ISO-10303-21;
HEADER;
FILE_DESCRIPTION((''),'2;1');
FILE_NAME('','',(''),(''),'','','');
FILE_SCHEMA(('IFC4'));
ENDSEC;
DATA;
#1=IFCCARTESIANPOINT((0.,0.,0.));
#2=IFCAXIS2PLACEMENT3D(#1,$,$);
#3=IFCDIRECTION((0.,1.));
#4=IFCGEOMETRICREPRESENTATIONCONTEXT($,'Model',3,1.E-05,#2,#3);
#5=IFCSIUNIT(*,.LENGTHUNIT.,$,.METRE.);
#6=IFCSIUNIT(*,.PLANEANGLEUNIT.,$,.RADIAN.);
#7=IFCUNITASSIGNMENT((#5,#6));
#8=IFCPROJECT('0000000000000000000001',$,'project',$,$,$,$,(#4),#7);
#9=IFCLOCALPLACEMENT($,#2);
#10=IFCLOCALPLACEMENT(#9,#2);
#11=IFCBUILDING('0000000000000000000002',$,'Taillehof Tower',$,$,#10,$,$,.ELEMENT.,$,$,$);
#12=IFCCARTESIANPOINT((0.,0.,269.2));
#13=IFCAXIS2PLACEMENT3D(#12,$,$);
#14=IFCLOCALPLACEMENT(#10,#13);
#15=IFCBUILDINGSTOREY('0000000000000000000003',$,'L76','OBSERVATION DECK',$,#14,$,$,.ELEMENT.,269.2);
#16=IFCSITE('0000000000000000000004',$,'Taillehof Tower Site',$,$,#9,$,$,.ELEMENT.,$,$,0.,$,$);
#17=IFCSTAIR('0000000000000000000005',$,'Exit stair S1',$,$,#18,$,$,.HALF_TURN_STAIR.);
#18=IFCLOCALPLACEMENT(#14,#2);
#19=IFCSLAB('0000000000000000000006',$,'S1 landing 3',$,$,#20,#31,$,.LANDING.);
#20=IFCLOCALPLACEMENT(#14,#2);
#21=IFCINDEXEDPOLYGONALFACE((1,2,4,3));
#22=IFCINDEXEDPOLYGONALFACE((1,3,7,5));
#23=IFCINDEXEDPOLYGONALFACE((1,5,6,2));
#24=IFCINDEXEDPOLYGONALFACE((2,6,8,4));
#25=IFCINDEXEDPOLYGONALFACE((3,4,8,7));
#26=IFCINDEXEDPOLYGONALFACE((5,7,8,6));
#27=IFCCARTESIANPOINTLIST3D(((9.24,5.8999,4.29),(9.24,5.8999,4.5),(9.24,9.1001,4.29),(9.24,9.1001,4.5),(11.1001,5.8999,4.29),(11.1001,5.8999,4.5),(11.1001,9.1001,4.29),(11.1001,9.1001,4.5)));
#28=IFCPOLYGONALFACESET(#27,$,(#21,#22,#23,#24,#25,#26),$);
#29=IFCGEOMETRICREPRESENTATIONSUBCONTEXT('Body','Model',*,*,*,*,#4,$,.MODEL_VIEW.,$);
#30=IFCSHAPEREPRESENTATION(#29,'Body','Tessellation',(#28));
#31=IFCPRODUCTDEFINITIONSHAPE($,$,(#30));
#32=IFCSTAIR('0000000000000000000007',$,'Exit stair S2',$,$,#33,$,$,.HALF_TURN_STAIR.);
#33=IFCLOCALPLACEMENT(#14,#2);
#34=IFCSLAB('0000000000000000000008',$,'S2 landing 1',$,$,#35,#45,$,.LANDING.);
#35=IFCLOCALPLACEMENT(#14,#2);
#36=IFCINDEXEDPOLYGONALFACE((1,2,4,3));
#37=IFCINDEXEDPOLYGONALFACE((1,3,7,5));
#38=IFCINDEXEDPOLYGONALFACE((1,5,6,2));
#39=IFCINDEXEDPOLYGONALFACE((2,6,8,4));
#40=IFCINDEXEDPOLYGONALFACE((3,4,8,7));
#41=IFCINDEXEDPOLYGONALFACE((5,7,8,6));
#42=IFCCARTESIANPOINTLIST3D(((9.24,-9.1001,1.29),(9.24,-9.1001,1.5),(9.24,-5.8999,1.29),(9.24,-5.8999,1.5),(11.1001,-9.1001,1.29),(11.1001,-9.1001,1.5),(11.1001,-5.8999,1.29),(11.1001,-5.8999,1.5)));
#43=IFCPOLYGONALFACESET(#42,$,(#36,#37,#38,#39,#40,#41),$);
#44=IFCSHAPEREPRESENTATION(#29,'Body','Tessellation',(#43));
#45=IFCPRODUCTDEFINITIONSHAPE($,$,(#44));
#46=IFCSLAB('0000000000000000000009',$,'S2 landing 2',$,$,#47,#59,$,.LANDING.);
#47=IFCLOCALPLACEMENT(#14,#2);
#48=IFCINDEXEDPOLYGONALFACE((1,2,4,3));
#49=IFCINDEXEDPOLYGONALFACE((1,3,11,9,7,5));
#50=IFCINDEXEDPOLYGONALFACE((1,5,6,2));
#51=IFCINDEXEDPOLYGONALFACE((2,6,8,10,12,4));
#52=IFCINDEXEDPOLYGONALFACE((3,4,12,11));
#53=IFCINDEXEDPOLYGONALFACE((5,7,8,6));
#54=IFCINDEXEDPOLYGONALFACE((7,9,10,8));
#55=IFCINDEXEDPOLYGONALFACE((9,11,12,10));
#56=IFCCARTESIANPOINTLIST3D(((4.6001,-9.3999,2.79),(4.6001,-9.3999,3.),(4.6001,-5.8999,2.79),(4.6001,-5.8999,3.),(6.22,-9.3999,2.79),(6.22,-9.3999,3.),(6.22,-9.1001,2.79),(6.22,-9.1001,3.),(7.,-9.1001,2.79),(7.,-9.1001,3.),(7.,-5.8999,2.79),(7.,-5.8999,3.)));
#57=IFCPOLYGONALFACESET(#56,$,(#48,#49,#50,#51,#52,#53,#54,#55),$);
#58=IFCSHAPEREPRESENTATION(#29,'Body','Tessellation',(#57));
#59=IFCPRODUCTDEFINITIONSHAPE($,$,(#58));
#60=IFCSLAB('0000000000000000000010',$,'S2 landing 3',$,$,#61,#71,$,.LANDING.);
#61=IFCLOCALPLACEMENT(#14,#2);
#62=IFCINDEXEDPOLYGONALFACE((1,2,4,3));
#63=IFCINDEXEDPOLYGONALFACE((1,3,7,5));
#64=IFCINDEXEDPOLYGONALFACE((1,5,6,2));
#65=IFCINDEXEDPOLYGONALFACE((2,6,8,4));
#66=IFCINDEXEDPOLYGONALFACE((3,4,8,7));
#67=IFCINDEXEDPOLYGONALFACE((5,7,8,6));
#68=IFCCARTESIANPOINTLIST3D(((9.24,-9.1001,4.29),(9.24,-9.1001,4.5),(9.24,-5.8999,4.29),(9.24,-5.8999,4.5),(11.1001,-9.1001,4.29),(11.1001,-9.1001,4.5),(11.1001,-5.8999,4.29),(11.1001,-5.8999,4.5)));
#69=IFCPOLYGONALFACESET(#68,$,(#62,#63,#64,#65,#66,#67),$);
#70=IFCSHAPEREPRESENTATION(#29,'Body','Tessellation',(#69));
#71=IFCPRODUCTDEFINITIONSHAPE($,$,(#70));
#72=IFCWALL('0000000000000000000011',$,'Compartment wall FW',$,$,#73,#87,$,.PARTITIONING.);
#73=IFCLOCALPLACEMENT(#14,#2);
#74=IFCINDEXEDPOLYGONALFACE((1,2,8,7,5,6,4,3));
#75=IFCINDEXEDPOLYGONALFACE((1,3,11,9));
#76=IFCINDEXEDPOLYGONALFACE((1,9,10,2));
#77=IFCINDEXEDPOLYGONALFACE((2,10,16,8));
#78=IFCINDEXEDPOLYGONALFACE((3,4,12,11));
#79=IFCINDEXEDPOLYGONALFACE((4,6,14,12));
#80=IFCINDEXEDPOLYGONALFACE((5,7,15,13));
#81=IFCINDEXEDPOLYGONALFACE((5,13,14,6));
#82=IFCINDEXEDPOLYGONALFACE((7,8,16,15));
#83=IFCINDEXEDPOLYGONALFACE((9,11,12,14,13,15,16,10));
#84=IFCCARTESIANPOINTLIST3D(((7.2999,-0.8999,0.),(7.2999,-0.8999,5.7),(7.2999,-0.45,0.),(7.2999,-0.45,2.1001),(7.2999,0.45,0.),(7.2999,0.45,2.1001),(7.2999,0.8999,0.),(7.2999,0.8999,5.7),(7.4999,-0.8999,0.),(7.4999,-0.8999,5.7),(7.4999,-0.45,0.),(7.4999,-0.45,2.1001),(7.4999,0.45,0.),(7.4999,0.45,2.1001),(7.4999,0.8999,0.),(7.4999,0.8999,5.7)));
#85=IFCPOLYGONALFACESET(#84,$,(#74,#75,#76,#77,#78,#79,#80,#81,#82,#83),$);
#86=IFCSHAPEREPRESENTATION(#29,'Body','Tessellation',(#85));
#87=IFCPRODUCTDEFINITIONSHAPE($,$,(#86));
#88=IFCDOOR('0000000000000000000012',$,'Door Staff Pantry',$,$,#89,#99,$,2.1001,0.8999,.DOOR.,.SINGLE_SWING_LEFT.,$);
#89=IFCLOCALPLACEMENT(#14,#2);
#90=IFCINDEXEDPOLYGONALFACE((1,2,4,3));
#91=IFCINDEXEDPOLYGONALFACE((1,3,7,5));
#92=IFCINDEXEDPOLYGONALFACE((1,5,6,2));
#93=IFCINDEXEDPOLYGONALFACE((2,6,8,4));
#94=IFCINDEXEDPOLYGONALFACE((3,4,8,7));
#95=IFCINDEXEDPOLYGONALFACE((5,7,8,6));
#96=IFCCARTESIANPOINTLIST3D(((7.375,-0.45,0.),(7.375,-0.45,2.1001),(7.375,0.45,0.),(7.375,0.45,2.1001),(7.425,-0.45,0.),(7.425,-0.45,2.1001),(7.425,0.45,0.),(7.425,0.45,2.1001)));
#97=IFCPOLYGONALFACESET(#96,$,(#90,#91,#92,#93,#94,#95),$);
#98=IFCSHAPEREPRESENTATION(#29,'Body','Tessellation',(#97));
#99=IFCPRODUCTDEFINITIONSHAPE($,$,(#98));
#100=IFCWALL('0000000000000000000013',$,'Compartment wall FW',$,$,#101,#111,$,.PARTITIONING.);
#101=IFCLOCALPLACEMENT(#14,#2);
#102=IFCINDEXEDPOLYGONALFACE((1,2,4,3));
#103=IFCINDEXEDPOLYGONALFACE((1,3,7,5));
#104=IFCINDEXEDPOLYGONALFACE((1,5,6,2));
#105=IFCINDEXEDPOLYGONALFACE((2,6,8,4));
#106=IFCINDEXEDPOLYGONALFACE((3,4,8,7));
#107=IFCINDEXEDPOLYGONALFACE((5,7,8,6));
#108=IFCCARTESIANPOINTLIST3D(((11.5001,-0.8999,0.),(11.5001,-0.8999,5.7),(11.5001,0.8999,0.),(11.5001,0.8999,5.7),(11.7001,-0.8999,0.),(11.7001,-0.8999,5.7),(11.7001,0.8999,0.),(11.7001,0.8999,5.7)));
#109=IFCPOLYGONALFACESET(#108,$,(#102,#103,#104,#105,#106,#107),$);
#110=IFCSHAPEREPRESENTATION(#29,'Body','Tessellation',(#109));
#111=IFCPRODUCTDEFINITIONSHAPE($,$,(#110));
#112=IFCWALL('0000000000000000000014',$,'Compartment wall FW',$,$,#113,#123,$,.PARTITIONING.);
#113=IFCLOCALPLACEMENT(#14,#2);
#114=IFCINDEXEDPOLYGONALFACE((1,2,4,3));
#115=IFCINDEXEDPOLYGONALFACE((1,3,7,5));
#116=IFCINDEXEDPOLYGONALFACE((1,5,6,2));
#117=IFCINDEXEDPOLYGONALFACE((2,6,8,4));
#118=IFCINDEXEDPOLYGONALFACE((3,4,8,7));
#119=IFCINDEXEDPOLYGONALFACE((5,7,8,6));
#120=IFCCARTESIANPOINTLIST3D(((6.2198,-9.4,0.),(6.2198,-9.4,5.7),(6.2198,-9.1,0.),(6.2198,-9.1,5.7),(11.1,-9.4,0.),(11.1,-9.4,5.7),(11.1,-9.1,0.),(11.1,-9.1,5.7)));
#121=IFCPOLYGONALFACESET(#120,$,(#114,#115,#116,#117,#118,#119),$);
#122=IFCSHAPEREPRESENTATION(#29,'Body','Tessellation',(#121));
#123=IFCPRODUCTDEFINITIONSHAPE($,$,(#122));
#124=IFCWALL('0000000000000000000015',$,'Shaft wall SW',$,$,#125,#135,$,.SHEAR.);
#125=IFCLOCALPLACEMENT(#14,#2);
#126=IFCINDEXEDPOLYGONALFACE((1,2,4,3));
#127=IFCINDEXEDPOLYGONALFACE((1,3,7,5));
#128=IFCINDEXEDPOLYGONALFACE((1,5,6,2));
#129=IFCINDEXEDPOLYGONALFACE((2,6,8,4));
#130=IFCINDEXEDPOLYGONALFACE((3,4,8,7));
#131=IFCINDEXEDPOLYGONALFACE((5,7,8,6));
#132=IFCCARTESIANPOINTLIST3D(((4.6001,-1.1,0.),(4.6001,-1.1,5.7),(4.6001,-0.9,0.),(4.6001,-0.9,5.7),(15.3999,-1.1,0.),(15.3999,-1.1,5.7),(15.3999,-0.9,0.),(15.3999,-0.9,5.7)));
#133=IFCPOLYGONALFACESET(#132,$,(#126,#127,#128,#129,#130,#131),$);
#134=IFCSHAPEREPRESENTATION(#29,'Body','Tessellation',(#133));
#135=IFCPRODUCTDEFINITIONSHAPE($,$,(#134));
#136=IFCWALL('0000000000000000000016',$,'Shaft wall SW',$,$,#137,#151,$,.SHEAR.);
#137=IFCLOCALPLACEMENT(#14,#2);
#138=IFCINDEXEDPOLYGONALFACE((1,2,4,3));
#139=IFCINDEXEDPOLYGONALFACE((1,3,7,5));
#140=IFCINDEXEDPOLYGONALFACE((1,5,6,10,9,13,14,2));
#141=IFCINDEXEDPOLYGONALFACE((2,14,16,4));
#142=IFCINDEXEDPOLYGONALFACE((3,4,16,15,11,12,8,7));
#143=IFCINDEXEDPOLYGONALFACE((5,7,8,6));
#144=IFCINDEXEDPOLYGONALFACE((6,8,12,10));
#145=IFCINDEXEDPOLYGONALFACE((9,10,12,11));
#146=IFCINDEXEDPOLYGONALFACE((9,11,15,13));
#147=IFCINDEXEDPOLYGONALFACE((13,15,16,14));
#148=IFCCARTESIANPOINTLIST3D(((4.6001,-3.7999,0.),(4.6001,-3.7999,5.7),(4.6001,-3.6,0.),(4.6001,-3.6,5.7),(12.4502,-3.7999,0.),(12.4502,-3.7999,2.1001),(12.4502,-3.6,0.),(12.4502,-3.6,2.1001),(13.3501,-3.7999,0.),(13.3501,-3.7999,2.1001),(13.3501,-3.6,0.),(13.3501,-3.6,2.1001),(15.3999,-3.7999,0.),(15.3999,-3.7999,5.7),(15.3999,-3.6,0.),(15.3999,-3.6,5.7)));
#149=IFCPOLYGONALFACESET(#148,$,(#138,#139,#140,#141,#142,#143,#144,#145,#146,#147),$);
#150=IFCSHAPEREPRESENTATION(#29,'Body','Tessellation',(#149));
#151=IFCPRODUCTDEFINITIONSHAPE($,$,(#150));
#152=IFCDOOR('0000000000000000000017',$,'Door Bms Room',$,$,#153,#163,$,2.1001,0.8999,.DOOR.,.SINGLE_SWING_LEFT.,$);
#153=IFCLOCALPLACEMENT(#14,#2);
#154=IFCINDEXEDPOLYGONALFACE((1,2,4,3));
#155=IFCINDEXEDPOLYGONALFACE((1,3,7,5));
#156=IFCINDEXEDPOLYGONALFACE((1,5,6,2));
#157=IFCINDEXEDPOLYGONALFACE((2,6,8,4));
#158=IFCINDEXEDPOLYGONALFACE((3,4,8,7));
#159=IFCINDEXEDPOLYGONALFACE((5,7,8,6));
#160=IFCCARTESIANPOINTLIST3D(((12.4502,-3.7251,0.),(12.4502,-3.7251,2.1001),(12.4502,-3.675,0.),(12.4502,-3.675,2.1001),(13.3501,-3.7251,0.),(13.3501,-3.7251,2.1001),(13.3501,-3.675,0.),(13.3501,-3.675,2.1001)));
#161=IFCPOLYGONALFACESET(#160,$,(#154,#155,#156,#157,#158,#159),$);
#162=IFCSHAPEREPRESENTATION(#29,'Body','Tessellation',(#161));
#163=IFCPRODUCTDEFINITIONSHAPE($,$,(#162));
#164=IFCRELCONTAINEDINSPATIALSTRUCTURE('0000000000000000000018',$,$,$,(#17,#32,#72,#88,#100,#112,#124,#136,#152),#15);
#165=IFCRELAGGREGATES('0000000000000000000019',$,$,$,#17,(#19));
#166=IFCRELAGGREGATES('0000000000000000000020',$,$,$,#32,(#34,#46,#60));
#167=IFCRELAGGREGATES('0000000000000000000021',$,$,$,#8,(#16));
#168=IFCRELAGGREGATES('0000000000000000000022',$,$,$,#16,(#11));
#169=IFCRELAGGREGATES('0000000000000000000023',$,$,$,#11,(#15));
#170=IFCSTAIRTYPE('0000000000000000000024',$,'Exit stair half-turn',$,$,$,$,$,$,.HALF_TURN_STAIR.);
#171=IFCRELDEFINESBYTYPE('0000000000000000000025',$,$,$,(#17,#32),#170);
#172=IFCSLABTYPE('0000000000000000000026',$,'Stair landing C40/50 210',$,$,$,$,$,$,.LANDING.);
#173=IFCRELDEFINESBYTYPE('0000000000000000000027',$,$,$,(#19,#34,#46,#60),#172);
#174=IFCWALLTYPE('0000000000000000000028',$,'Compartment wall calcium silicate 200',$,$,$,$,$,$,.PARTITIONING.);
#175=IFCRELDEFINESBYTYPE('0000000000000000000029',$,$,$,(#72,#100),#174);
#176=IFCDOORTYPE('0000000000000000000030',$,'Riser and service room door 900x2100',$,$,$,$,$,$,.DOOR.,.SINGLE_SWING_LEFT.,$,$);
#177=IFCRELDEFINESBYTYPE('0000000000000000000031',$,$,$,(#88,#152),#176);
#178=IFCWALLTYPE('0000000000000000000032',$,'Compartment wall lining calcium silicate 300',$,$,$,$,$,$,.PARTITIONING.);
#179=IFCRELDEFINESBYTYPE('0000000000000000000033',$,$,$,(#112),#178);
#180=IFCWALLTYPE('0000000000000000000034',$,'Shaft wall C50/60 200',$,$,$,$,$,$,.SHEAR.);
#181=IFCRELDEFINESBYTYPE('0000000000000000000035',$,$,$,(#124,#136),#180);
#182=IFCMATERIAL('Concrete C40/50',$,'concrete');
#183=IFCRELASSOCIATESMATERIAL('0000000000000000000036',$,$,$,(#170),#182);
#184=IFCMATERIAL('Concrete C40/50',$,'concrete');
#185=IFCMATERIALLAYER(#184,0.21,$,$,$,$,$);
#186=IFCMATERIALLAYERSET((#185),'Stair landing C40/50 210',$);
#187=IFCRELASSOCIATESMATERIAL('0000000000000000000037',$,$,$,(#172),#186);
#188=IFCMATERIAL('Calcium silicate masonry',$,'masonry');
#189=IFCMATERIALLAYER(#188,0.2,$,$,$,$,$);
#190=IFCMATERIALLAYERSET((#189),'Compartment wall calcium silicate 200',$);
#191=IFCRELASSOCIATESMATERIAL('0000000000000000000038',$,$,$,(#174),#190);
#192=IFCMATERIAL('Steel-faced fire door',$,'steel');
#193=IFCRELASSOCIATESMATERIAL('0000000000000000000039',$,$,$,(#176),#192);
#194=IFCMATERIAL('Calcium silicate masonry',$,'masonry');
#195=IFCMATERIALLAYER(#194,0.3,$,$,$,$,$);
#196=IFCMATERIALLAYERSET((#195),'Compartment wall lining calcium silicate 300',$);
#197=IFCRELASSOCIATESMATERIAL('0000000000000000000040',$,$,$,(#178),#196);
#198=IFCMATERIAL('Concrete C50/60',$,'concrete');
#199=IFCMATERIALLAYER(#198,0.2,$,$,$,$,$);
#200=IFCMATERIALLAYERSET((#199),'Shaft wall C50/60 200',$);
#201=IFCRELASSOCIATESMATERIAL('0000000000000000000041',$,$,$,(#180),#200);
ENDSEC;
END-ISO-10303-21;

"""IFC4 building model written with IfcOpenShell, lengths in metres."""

from ifc_helpers import new_model, si_unit, direction, frame, frame_2d, origin, place, context, subcontext, project, spatial, polyline, rectangle, outline, extrude, material, layer, layer_set, type_object, element, fill, aggregate, save


model = new_model("IFC4")

# Units and contexts
model_context = context("Model", 3, precision=1e-05, world=origin(), true_north=direction((0.0, 1.0)))
body_context = subcontext(model_context, "Body", "Model", "MODEL_VIEW")
ifc_project = project(units=[si_unit("LENGTHUNIT", "METRE"), si_unit("PLANEANGLEUNIT", "RADIAN")], contexts=[model_context])

# Site, building, storey
site_placement = place(None, origin())
site = spatial("IfcSite", under=ifc_project, at=site_placement, Name="Taillehof Tower Site", CompositionType="ELEMENT", RefElevation=0.0)
building_placement = place(site_placement, origin())
building = spatial("IfcBuilding", under=site, at=building_placement, Name="Taillehof Tower", CompositionType="ELEMENT")
storey_placement = place(building_placement, frame((0.0, 0.0, 269.2)))
storey = spatial("IfcBuildingStorey", under=building, at=storey_placement, Name="L76", Description="OBSERVATION DECK", CompositionType="ELEMENT", Elevation=269.2)

# Stairs, slabs
ifc_material_1 = material(Name="Concrete C40/50", Category="concrete")
stair_type = type_object("IfcStairType", Name="Exit stair half-turn", PredefinedType="HALF_TURN_STAIR", material=ifc_material_1)
stair_1_placement = place(storey_placement, origin())
stair_1 = element("IfcStair", 1, at=stair_1_placement, inside=storey, type_object=stair_type, Name="Exit stair S1", PredefinedType="HALF_TURN_STAIR")
ifc_material_2 = material(Name="Concrete C40/50", Category="concrete")
ifc_layer_1 = layer(ifc_material_2, 0.21)
ifc_layer_set_1 = layer_set([ifc_layer_1], Name="Stair landing C40/50 210")
slab_type_1 = type_object("IfcSlabType", Name="Stair landing C40/50 210", PredefinedType="LANDING", material=ifc_layer_set_1)
slab_1_placement = place(storey_placement, frame((0.0, 0.0, 4.29)))
slab_1 = element("IfcSlab", 2, at=slab_1_placement, type_object=slab_type_1, Name="S1 landing 3", PredefinedType="LANDING", context=body_context, shape_type="SweptSolid", body=[
    extrude(outline(polyline([(9.24, 5.8999), (11.1001, 5.8999), (11.1001, 9.1001), (9.24, 9.1001), (9.24, 5.8999)])), origin(), (0.0, 0.0, 1.0), 0.21),
])
aggregate(stair_1, [slab_1])
stair_2_placement = place(storey_placement, origin())
stair_2 = element("IfcStair", 3, at=stair_2_placement, inside=storey, type_object=stair_type, Name="Exit stair S2", PredefinedType="HALF_TURN_STAIR")
slab_2_placement = place(storey_placement, frame((0.0, 0.0, 1.29)))
slab_2 = element("IfcSlab", 4, at=slab_2_placement, type_object=slab_type_1, Name="S2 landing 1", PredefinedType="LANDING", context=body_context, shape_type="SweptSolid", body=[
    extrude(outline(polyline([(9.24, -5.8999), (11.1001, -5.8999), (11.1001, -9.1001), (9.24, -9.1001), (9.24, -5.8999)])), origin(), (0.0, 0.0, 1.0), 0.21),
])
slab_3_placement = place(storey_placement, frame((0.0, 0.0, 2.79)))
slab_3 = element("IfcSlab", 5, at=slab_3_placement, type_object=slab_type_1, Name="S2 landing 2", PredefinedType="LANDING", context=body_context, shape_type="SweptSolid", body=[
    extrude(outline(polyline([(4.6001, -5.8999), (7.0, -5.8999), (7.0, -9.1001), (6.22, -9.1001), (6.22, -9.3999), (4.6001, -9.3999), (4.6001, -5.8999)])), origin(), (0.0, 0.0, 1.0), 0.21),
])
slab_4_placement = place(storey_placement, frame((0.0, 0.0, 4.29)))
slab_4 = element("IfcSlab", 6, at=slab_4_placement, type_object=slab_type_1, Name="S2 landing 3", PredefinedType="LANDING", context=body_context, shape_type="SweptSolid", body=[
    extrude(outline(polyline([(9.24, -5.8999), (11.1001, -5.8999), (11.1001, -9.1001), (9.24, -9.1001), (9.24, -5.8999)])), origin(), (0.0, 0.0, 1.0), 0.21),
])

# Wall, opening, door
ifc_material_3 = material(Name="Calcium silicate masonry", Category="masonry")
ifc_layer_2 = layer(ifc_material_3, 0.2)
ifc_layer_set_2 = layer_set([ifc_layer_2], Name="Compartment wall calcium silicate 200")
wall_type_1 = type_object("IfcWallType", Name="Compartment wall calcium silicate 200", PredefinedType="PARTITIONING", material=ifc_layer_set_2)
wall_1_placement = place(storey_placement, frame((7.3999, -0.8999, 0.0), z_axis=(0.0, 0.0, 1.0), x_axis=(0.0, 1.0, 0.0)))
wall_1 = element("IfcWall", 7, at=wall_1_placement, inside=storey, type_object=wall_type_1, Name="Compartment wall FW", PredefinedType="PARTITIONING", context=body_context, shape_type="SweptSolid", body=[
    extrude(rectangle(XDim=1.7998, YDim=0.2, at=frame_2d((0.8999, 0.0))), origin(), (0.0, 0.0, 1.0), 5.7),
])
opening_1_placement = place(wall_1_placement, frame((0.45, 0.0, 0.0)))
opening_1 = element("IfcOpeningElement", 8, at=opening_1_placement, cuts=wall_1, PredefinedType="OPENING", context=body_context, shape_type="SweptSolid", body=[
    extrude(rectangle(XDim=0.8999, YDim=2.1001, at=frame_2d((0.45, 1.05))), frame((0.0, 0.1099, 0.0), z_axis=(0.0, -1.0, 0.0), x_axis=(1.0, 0.0, 0.0)), (0.0, 0.0, 1.0), 0.22),
])
ifc_material_4 = material(Name="Steel-faced fire door", Category="steel")
door_type_1 = type_object("IfcDoorType", Name="Riser and service room door 900x2100", OperationType="SINGLE_SWING_LEFT", PredefinedType="DOOR", material=ifc_material_4)
door_1_placement = place(opening_1_placement, origin())
door_1 = element("IfcDoor", 9, at=door_1_placement, inside=storey, type_object=door_type_1, Name="Door Staff Pantry", OperationType="SINGLE_SWING_LEFT", OverallHeight=2.1001, OverallWidth=0.8999, PredefinedType="DOOR", context=body_context, shape_type="SweptSolid", body=[
    extrude(rectangle(XDim=0.8999, YDim=2.1001, at=frame_2d((0.45, 1.05))), frame((0.0, 0.0249, 0.0), z_axis=(0.0, -1.0, 0.0), x_axis=(1.0, 0.0, 0.0)), (0.0, 0.0, 1.0), 0.05),
])
fill(opening_1, door_1)

# Walls
wall_2_placement = place(storey_placement, frame((11.6001, -0.8999, 0.0), z_axis=(0.0, 0.0, 1.0), x_axis=(0.0, 1.0, 0.0)))
element("IfcWall", 10, at=wall_2_placement, inside=storey, type_object=wall_type_1, Name="Compartment wall FW", PredefinedType="PARTITIONING", context=body_context, shape_type="SweptSolid", body=[
    extrude(rectangle(XDim=1.7998, YDim=0.2, at=frame_2d((0.8999, 0.0))), origin(), (0.0, 0.0, 1.0), 5.7),
])
ifc_material_5 = material(Name="Calcium silicate masonry", Category="masonry")
ifc_layer_3 = layer(ifc_material_5, 0.3)
ifc_layer_set_3 = layer_set([ifc_layer_3], Name="Compartment wall lining calcium silicate 300")
wall_type_2 = type_object("IfcWallType", Name="Compartment wall lining calcium silicate 300", PredefinedType="PARTITIONING", material=ifc_layer_set_3)
wall_3_placement = place(storey_placement, frame((6.22, -9.25, 0.0), z_axis=(0.0, 0.0, 1.0), x_axis=(1.0, 0.0, 0.0)))
element("IfcWall", 11, at=wall_3_placement, inside=storey, type_object=wall_type_2, Name="Compartment wall FW", PredefinedType="PARTITIONING", context=body_context, shape_type="SweptSolid", body=[
    extrude(rectangle(XDim=4.8801, YDim=0.3, at=frame_2d((2.4399, 0.0))), origin(), (0.0, 0.0, 1.0), 5.7),
])
ifc_material_6 = material(Name="Concrete C50/60", Category="concrete")
ifc_layer_4 = layer(ifc_material_6, 0.2)
ifc_layer_set_4 = layer_set([ifc_layer_4], Name="Shaft wall C50/60 200")
wall_type_3 = type_object("IfcWallType", Name="Shaft wall C50/60 200", PredefinedType="SHEAR", material=ifc_layer_set_4)
wall_4_placement = place(storey_placement, frame((4.6001, -1.0, 0.0), z_axis=(0.0, 0.0, 1.0), x_axis=(1.0, 0.0, 0.0)))
element("IfcWall", 12, at=wall_4_placement, inside=storey, type_object=wall_type_3, Name="Shaft wall SW", PredefinedType="SHEAR", context=body_context, shape_type="SweptSolid", body=[
    extrude(rectangle(XDim=10.7998, YDim=0.2, at=frame_2d((5.3999, 0.0))), origin(), (0.0, 0.0, 1.0), 5.7),
])

# Wall, opening, door
wall_5_placement = place(storey_placement, frame((4.6001, -3.7, 0.0), z_axis=(0.0, 0.0, 1.0), x_axis=(1.0, 0.0, 0.0)))
wall_5 = element("IfcWall", 13, at=wall_5_placement, inside=storey, type_object=wall_type_3, Name="Shaft wall SW", PredefinedType="SHEAR", context=body_context, shape_type="SweptSolid", body=[
    extrude(rectangle(XDim=10.7998, YDim=0.2, at=frame_2d((5.3999, 0.0))), origin(), (0.0, 0.0, 1.0), 5.7),
])
opening_2_placement = place(wall_5_placement, frame((7.8501, 0.0, 0.0)))
opening_2 = element("IfcOpeningElement", 14, at=opening_2_placement, cuts=wall_5, PredefinedType="OPENING", context=body_context, shape_type="SweptSolid", body=[
    extrude(rectangle(XDim=0.8999, YDim=2.1001, at=frame_2d((0.45, 1.05))), frame((0.0, 0.1099, 0.0), z_axis=(0.0, -1.0, 0.0), x_axis=(1.0, 0.0, 0.0)), (0.0, 0.0, 1.0), 0.22),
])
door_2_placement = place(opening_2_placement, origin())
door_2 = element("IfcDoor", 15, at=door_2_placement, inside=storey, type_object=door_type_1, Name="Door Bms Room", OperationType="SINGLE_SWING_LEFT", OverallHeight=2.1001, OverallWidth=0.8999, PredefinedType="DOOR", context=body_context, shape_type="SweptSolid", body=[
    extrude(rectangle(XDim=0.8999, YDim=2.1001, at=frame_2d((0.45, 1.05))), frame((0.0, 0.0249, 0.0), z_axis=(0.0, -1.0, 0.0), x_axis=(1.0, 0.0, 0.0)), (0.0, 0.0, 1.0), 0.05),
])
fill(opening_2, door_2)

aggregate(stair_2, [slab_2, slab_3, slab_4])

save(model, "model.ifc")
